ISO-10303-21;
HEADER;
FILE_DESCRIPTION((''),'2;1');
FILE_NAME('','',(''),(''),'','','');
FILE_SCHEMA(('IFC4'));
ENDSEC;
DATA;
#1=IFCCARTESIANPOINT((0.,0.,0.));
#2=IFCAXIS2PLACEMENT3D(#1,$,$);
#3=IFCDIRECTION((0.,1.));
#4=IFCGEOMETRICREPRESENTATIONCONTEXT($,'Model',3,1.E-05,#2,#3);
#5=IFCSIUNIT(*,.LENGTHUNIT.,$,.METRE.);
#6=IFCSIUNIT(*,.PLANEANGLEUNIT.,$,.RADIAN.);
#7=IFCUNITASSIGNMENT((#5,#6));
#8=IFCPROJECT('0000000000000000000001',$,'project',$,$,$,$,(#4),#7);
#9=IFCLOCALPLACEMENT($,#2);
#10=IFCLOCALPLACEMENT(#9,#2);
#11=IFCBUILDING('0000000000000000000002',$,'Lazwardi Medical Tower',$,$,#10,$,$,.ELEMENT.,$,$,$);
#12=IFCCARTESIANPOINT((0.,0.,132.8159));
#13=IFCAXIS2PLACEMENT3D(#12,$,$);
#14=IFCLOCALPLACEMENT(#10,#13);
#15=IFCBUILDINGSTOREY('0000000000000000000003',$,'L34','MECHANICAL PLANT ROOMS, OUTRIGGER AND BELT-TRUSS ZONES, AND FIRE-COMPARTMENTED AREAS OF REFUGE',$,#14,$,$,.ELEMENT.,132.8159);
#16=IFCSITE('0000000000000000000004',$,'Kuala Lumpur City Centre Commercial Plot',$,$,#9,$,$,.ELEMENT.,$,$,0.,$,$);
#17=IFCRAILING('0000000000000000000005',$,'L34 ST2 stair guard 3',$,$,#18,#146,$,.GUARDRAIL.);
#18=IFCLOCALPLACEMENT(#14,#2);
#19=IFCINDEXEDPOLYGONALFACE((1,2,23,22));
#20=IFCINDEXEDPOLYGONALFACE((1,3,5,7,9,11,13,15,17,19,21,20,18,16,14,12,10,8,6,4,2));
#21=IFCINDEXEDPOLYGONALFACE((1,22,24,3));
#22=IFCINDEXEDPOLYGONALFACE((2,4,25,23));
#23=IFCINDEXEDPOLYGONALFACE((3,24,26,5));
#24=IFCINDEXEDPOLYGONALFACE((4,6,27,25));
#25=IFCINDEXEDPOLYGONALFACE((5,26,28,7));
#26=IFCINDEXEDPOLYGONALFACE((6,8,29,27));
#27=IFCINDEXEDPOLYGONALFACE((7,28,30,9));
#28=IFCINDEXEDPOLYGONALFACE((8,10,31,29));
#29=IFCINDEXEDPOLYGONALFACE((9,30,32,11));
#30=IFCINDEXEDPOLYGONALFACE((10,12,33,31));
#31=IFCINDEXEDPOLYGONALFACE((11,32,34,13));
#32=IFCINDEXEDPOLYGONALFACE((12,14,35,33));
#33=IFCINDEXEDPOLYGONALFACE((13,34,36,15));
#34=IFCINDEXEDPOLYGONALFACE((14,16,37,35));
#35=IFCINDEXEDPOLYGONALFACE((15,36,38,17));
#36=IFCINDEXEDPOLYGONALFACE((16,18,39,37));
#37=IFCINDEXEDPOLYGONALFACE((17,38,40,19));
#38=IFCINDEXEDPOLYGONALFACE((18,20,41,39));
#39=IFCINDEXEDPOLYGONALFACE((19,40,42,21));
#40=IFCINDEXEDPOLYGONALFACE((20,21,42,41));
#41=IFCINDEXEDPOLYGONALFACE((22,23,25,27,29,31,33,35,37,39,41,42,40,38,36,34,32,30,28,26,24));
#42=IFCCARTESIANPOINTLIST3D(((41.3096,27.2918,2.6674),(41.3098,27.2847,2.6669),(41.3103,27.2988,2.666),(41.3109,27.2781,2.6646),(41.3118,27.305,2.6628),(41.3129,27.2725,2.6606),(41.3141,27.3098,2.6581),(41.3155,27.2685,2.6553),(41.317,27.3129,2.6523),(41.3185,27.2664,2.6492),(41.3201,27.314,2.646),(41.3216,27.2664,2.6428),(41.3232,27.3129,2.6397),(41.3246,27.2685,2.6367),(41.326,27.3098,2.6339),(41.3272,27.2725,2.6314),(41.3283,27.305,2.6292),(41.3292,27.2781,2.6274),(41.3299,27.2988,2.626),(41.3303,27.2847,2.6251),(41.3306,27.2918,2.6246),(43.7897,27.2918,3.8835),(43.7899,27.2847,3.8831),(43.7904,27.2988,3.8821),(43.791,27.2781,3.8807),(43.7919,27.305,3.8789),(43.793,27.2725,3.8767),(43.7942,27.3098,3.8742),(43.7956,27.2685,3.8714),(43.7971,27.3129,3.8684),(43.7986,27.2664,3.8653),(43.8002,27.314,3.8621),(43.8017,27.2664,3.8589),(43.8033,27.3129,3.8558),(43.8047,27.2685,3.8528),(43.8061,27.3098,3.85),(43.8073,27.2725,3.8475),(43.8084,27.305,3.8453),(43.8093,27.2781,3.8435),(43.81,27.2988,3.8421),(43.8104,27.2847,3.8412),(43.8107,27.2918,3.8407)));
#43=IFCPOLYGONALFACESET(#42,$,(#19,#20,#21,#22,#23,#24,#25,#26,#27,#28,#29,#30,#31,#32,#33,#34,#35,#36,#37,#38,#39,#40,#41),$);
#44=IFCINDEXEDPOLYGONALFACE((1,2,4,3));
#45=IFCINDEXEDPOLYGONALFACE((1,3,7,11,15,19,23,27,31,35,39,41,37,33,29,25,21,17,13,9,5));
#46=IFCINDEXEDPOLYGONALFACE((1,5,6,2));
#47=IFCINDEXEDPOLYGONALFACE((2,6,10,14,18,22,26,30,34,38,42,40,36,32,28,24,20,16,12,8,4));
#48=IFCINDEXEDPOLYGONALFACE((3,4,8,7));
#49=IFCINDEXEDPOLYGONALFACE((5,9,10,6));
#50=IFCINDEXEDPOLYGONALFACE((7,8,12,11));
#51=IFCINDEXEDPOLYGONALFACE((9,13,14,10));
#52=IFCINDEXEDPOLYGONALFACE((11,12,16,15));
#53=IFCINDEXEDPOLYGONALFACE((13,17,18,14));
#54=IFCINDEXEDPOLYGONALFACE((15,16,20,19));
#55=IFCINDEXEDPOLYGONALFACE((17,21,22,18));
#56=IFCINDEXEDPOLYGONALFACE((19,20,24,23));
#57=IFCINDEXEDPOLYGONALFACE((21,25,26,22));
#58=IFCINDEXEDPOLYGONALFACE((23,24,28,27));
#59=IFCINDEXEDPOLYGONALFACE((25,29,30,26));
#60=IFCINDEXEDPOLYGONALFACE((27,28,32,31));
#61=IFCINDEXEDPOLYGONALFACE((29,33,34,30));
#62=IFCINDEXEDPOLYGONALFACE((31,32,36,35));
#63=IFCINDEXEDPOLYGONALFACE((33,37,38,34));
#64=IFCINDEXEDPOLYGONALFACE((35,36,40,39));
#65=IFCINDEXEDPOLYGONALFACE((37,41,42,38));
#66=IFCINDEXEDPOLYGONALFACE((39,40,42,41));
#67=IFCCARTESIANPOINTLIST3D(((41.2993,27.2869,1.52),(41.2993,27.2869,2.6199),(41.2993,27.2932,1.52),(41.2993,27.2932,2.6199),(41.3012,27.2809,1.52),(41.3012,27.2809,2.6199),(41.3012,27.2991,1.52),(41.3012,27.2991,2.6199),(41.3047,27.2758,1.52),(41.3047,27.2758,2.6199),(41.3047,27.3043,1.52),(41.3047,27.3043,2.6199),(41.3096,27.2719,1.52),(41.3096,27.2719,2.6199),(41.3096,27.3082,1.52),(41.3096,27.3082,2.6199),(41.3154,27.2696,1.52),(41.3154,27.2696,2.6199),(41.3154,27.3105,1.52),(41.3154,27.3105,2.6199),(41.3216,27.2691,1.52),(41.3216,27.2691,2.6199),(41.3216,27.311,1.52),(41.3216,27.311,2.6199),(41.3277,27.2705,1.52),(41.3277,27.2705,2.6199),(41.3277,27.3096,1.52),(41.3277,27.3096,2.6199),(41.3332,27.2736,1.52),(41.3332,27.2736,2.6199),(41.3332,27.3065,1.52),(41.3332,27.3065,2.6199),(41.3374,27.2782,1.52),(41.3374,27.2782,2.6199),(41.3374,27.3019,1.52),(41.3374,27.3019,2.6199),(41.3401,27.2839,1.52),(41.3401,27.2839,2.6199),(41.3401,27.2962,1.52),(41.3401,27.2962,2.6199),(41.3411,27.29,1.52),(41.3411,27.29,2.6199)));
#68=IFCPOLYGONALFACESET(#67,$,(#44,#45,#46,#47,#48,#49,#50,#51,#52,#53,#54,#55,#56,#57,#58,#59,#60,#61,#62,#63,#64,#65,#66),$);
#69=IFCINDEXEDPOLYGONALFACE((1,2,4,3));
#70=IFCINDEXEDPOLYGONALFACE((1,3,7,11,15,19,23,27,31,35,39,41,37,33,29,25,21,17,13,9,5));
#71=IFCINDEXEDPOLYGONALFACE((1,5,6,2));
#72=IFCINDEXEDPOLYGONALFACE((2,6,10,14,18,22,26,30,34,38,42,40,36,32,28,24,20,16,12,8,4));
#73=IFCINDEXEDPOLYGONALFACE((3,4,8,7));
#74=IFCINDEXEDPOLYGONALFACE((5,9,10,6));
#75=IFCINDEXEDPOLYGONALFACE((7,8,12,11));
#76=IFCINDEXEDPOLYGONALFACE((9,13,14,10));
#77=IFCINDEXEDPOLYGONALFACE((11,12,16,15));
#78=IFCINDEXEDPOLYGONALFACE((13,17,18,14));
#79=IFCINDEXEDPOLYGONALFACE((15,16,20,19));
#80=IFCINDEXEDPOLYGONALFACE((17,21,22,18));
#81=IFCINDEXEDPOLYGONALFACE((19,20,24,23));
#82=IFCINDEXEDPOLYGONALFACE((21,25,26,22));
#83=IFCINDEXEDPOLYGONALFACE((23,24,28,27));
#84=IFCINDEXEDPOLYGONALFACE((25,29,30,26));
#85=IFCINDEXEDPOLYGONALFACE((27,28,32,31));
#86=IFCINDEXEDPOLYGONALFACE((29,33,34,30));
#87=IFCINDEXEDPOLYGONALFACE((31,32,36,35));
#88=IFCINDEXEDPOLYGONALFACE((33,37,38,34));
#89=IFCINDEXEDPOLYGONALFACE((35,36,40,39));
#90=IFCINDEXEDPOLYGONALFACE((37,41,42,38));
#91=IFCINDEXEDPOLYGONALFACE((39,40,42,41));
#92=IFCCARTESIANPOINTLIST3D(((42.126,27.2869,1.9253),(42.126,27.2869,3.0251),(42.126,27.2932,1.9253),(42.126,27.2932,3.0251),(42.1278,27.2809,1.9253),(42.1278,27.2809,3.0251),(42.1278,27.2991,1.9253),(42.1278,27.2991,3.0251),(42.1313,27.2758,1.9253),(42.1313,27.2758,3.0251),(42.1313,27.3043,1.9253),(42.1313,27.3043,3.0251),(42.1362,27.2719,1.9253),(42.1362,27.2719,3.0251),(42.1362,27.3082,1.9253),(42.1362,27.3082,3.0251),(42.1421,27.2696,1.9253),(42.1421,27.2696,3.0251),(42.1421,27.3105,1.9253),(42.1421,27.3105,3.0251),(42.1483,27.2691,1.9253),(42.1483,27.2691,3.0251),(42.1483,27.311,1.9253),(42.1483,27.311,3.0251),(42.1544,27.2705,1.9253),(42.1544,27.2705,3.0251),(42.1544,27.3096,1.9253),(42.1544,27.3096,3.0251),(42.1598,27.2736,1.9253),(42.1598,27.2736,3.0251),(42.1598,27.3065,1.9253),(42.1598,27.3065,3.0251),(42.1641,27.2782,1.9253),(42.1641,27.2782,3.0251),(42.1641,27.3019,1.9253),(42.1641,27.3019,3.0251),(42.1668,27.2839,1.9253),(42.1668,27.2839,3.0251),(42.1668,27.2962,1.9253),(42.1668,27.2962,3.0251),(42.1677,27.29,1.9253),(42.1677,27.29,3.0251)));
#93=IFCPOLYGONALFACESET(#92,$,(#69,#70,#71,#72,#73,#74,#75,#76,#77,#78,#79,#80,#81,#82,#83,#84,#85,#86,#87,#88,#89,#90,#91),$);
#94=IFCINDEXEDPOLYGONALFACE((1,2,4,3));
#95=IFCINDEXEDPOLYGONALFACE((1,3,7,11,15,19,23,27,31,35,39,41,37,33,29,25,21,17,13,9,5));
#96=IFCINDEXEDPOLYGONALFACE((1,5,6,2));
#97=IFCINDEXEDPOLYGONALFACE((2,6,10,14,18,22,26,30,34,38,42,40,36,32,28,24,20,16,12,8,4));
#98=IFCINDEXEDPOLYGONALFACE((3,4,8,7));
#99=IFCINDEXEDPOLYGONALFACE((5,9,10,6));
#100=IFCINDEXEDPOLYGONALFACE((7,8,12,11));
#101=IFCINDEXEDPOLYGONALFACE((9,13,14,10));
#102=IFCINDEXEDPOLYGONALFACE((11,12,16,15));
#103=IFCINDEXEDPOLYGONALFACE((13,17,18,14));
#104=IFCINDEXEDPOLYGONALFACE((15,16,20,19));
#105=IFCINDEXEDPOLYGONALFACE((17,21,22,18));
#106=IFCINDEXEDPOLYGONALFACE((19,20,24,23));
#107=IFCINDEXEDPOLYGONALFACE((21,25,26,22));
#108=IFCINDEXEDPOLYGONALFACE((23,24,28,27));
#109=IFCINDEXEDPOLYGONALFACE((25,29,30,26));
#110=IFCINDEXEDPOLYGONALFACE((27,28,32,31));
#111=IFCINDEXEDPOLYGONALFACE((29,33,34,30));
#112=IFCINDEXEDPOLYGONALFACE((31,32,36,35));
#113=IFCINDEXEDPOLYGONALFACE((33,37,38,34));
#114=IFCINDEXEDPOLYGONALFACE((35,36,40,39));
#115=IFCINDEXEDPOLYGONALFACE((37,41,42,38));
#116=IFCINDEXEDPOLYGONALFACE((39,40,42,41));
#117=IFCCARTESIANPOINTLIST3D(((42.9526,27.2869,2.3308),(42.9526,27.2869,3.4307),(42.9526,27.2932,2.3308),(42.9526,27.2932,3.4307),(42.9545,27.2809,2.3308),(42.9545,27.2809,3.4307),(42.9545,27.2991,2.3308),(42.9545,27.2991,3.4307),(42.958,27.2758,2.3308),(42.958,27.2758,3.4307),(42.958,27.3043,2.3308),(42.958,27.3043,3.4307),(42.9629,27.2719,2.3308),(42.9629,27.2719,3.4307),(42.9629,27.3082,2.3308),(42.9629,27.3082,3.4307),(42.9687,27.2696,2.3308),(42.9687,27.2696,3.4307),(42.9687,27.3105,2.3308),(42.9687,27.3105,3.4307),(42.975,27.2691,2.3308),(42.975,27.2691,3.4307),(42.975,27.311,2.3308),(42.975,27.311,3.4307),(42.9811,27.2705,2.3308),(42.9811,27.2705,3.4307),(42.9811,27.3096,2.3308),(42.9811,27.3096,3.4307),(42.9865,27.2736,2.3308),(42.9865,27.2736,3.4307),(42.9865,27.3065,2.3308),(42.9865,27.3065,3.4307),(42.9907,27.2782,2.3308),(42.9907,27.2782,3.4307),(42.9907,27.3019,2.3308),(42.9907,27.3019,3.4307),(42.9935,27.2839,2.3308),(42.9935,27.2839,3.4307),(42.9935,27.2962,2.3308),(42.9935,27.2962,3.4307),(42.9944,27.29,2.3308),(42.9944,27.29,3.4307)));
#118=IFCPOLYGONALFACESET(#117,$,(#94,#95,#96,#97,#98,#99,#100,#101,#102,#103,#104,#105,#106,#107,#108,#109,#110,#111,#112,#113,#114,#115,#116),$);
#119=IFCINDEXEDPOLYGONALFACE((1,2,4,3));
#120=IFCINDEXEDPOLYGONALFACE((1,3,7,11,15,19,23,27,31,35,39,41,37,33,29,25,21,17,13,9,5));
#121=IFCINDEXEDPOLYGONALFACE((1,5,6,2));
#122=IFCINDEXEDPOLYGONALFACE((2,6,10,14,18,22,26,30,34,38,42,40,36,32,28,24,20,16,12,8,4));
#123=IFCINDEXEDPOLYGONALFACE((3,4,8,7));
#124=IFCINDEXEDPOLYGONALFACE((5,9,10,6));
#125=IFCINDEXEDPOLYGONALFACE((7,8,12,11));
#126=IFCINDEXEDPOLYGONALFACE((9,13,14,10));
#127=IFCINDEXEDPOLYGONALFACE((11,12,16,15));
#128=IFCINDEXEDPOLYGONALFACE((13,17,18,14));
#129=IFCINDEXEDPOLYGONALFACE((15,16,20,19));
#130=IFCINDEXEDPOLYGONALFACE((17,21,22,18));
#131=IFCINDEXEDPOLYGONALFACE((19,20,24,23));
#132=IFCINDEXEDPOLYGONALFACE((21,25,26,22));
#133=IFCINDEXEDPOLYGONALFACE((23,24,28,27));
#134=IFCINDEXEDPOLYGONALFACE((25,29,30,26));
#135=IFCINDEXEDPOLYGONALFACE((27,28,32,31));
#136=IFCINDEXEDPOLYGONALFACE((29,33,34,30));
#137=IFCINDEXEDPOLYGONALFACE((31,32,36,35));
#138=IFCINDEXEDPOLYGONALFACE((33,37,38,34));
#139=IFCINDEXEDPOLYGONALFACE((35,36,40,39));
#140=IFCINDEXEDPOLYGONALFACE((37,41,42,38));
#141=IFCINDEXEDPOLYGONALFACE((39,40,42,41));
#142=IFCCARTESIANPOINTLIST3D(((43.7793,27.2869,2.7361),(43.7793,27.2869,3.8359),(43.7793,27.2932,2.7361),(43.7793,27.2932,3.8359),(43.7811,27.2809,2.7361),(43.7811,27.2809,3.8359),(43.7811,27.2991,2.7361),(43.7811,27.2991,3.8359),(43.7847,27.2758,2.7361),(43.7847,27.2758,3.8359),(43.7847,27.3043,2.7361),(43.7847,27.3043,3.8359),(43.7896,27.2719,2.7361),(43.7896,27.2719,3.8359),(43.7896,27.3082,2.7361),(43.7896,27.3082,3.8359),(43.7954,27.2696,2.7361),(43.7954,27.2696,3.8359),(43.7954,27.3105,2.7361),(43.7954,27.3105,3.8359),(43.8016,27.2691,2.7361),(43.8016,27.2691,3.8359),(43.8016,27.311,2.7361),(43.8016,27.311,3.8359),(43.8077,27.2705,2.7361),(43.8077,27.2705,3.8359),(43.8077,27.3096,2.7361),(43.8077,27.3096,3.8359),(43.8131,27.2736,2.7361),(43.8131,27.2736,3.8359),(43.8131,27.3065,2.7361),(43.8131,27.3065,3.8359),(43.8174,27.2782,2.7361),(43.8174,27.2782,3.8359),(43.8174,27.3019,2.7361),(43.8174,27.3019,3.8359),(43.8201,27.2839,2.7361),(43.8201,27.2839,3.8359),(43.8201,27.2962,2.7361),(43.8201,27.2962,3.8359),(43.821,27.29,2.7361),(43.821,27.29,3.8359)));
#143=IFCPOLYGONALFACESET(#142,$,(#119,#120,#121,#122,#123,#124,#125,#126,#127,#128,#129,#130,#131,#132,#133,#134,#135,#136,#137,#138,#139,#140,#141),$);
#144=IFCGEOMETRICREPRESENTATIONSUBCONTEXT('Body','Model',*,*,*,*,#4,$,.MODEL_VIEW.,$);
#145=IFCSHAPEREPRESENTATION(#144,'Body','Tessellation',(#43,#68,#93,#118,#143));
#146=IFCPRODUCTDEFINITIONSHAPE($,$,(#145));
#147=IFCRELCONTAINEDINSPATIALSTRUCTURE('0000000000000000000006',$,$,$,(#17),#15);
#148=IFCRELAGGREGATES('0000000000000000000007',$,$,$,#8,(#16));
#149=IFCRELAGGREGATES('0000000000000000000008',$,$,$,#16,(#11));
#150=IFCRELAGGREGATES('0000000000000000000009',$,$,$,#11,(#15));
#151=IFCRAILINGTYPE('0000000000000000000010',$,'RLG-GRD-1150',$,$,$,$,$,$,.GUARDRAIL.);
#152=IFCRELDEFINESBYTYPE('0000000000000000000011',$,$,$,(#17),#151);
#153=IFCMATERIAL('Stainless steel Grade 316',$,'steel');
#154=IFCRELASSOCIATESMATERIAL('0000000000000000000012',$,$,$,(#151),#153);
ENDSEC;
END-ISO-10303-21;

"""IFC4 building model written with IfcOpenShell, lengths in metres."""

from ifc_helpers import new_model, si_unit, direction, frame, origin, origin_2d, place, context, subcontext, project, spatial, circle, extrude, material, type_object, element, save


model = new_model("IFC4")

# Units and contexts
model_context = context("Model", 3, precision=1e-05, world=origin(), true_north=direction((0.0, 1.0)))
body_context = subcontext(model_context, "Body", "Model", "MODEL_VIEW")
ifc_project = project(units=[si_unit("LENGTHUNIT", "METRE"), si_unit("PLANEANGLEUNIT", "RADIAN")], contexts=[model_context])

# Site, building, storey
site_placement = place(None, origin())
site = spatial("IfcSite", under=ifc_project, at=site_placement, Name="Kuala Lumpur City Centre Commercial Plot", CompositionType="ELEMENT", RefElevation=0.0)
building_placement = place(site_placement, origin())
building = spatial("IfcBuilding", under=site, at=building_placement, Name="Lazwardi Medical Tower", CompositionType="ELEMENT")
storey_placement = place(building_placement, frame((0.0, 0.0, 132.8159)))
storey = spatial("IfcBuildingStorey", under=building, at=storey_placement, Name="L34", Description="MECHANICAL PLANT ROOMS, OUTRIGGER AND BELT-TRUSS ZONES, AND FIRE-COMPARTMENTED AREAS OF REFUGE", CompositionType="ELEMENT", Elevation=132.8159)

# Railing
ifc_material_1 = material(Name="Stainless steel Grade 316", Category="steel")
railing_type_1 = type_object("IfcRailingType", Name="RLG-GRD-1150", PredefinedType="GUARDRAIL", material=ifc_material_1)
railing_1_placement = place(storey_placement, frame((41.3201, 27.29, 1.52)))
element("IfcRailing", 1, at=railing_1_placement, inside=storey, type_object=railing_type_1, Name="L34 ST2 stair guard 3", PredefinedType="GUARDRAIL", context=body_context, shape_type="SweptSolid", body=[
    extrude(circle(Radius=0.0239, at=origin_2d()), frame((0.0, 0.0, 1.126), z_axis=(0.897865, 0.0, 0.44027), x_axis=(0.0, 1.0, 0.0)), (0.0, 0.0, 1.0), 2.7622),
    extrude(circle(Radius=0.021, at=origin_2d()), origin(), (0.0, 0.0, 1.0), 1.0999),
    extrude(circle(Radius=0.021, at=origin_2d()), frame((0.8267, 0.0, 0.4053)), (0.0, 0.0, 1.0), 1.0999),
    extrude(circle(Radius=0.021, at=origin_2d()), frame((1.6533, 0.0, 0.8108)), (0.0, 0.0, 1.0), 1.0999),
    extrude(circle(Radius=0.021, at=origin_2d()), frame((2.48, 0.0, 1.2161)), (0.0, 0.0, 1.0), 1.0999),
])

save(model, "model.ifc")
